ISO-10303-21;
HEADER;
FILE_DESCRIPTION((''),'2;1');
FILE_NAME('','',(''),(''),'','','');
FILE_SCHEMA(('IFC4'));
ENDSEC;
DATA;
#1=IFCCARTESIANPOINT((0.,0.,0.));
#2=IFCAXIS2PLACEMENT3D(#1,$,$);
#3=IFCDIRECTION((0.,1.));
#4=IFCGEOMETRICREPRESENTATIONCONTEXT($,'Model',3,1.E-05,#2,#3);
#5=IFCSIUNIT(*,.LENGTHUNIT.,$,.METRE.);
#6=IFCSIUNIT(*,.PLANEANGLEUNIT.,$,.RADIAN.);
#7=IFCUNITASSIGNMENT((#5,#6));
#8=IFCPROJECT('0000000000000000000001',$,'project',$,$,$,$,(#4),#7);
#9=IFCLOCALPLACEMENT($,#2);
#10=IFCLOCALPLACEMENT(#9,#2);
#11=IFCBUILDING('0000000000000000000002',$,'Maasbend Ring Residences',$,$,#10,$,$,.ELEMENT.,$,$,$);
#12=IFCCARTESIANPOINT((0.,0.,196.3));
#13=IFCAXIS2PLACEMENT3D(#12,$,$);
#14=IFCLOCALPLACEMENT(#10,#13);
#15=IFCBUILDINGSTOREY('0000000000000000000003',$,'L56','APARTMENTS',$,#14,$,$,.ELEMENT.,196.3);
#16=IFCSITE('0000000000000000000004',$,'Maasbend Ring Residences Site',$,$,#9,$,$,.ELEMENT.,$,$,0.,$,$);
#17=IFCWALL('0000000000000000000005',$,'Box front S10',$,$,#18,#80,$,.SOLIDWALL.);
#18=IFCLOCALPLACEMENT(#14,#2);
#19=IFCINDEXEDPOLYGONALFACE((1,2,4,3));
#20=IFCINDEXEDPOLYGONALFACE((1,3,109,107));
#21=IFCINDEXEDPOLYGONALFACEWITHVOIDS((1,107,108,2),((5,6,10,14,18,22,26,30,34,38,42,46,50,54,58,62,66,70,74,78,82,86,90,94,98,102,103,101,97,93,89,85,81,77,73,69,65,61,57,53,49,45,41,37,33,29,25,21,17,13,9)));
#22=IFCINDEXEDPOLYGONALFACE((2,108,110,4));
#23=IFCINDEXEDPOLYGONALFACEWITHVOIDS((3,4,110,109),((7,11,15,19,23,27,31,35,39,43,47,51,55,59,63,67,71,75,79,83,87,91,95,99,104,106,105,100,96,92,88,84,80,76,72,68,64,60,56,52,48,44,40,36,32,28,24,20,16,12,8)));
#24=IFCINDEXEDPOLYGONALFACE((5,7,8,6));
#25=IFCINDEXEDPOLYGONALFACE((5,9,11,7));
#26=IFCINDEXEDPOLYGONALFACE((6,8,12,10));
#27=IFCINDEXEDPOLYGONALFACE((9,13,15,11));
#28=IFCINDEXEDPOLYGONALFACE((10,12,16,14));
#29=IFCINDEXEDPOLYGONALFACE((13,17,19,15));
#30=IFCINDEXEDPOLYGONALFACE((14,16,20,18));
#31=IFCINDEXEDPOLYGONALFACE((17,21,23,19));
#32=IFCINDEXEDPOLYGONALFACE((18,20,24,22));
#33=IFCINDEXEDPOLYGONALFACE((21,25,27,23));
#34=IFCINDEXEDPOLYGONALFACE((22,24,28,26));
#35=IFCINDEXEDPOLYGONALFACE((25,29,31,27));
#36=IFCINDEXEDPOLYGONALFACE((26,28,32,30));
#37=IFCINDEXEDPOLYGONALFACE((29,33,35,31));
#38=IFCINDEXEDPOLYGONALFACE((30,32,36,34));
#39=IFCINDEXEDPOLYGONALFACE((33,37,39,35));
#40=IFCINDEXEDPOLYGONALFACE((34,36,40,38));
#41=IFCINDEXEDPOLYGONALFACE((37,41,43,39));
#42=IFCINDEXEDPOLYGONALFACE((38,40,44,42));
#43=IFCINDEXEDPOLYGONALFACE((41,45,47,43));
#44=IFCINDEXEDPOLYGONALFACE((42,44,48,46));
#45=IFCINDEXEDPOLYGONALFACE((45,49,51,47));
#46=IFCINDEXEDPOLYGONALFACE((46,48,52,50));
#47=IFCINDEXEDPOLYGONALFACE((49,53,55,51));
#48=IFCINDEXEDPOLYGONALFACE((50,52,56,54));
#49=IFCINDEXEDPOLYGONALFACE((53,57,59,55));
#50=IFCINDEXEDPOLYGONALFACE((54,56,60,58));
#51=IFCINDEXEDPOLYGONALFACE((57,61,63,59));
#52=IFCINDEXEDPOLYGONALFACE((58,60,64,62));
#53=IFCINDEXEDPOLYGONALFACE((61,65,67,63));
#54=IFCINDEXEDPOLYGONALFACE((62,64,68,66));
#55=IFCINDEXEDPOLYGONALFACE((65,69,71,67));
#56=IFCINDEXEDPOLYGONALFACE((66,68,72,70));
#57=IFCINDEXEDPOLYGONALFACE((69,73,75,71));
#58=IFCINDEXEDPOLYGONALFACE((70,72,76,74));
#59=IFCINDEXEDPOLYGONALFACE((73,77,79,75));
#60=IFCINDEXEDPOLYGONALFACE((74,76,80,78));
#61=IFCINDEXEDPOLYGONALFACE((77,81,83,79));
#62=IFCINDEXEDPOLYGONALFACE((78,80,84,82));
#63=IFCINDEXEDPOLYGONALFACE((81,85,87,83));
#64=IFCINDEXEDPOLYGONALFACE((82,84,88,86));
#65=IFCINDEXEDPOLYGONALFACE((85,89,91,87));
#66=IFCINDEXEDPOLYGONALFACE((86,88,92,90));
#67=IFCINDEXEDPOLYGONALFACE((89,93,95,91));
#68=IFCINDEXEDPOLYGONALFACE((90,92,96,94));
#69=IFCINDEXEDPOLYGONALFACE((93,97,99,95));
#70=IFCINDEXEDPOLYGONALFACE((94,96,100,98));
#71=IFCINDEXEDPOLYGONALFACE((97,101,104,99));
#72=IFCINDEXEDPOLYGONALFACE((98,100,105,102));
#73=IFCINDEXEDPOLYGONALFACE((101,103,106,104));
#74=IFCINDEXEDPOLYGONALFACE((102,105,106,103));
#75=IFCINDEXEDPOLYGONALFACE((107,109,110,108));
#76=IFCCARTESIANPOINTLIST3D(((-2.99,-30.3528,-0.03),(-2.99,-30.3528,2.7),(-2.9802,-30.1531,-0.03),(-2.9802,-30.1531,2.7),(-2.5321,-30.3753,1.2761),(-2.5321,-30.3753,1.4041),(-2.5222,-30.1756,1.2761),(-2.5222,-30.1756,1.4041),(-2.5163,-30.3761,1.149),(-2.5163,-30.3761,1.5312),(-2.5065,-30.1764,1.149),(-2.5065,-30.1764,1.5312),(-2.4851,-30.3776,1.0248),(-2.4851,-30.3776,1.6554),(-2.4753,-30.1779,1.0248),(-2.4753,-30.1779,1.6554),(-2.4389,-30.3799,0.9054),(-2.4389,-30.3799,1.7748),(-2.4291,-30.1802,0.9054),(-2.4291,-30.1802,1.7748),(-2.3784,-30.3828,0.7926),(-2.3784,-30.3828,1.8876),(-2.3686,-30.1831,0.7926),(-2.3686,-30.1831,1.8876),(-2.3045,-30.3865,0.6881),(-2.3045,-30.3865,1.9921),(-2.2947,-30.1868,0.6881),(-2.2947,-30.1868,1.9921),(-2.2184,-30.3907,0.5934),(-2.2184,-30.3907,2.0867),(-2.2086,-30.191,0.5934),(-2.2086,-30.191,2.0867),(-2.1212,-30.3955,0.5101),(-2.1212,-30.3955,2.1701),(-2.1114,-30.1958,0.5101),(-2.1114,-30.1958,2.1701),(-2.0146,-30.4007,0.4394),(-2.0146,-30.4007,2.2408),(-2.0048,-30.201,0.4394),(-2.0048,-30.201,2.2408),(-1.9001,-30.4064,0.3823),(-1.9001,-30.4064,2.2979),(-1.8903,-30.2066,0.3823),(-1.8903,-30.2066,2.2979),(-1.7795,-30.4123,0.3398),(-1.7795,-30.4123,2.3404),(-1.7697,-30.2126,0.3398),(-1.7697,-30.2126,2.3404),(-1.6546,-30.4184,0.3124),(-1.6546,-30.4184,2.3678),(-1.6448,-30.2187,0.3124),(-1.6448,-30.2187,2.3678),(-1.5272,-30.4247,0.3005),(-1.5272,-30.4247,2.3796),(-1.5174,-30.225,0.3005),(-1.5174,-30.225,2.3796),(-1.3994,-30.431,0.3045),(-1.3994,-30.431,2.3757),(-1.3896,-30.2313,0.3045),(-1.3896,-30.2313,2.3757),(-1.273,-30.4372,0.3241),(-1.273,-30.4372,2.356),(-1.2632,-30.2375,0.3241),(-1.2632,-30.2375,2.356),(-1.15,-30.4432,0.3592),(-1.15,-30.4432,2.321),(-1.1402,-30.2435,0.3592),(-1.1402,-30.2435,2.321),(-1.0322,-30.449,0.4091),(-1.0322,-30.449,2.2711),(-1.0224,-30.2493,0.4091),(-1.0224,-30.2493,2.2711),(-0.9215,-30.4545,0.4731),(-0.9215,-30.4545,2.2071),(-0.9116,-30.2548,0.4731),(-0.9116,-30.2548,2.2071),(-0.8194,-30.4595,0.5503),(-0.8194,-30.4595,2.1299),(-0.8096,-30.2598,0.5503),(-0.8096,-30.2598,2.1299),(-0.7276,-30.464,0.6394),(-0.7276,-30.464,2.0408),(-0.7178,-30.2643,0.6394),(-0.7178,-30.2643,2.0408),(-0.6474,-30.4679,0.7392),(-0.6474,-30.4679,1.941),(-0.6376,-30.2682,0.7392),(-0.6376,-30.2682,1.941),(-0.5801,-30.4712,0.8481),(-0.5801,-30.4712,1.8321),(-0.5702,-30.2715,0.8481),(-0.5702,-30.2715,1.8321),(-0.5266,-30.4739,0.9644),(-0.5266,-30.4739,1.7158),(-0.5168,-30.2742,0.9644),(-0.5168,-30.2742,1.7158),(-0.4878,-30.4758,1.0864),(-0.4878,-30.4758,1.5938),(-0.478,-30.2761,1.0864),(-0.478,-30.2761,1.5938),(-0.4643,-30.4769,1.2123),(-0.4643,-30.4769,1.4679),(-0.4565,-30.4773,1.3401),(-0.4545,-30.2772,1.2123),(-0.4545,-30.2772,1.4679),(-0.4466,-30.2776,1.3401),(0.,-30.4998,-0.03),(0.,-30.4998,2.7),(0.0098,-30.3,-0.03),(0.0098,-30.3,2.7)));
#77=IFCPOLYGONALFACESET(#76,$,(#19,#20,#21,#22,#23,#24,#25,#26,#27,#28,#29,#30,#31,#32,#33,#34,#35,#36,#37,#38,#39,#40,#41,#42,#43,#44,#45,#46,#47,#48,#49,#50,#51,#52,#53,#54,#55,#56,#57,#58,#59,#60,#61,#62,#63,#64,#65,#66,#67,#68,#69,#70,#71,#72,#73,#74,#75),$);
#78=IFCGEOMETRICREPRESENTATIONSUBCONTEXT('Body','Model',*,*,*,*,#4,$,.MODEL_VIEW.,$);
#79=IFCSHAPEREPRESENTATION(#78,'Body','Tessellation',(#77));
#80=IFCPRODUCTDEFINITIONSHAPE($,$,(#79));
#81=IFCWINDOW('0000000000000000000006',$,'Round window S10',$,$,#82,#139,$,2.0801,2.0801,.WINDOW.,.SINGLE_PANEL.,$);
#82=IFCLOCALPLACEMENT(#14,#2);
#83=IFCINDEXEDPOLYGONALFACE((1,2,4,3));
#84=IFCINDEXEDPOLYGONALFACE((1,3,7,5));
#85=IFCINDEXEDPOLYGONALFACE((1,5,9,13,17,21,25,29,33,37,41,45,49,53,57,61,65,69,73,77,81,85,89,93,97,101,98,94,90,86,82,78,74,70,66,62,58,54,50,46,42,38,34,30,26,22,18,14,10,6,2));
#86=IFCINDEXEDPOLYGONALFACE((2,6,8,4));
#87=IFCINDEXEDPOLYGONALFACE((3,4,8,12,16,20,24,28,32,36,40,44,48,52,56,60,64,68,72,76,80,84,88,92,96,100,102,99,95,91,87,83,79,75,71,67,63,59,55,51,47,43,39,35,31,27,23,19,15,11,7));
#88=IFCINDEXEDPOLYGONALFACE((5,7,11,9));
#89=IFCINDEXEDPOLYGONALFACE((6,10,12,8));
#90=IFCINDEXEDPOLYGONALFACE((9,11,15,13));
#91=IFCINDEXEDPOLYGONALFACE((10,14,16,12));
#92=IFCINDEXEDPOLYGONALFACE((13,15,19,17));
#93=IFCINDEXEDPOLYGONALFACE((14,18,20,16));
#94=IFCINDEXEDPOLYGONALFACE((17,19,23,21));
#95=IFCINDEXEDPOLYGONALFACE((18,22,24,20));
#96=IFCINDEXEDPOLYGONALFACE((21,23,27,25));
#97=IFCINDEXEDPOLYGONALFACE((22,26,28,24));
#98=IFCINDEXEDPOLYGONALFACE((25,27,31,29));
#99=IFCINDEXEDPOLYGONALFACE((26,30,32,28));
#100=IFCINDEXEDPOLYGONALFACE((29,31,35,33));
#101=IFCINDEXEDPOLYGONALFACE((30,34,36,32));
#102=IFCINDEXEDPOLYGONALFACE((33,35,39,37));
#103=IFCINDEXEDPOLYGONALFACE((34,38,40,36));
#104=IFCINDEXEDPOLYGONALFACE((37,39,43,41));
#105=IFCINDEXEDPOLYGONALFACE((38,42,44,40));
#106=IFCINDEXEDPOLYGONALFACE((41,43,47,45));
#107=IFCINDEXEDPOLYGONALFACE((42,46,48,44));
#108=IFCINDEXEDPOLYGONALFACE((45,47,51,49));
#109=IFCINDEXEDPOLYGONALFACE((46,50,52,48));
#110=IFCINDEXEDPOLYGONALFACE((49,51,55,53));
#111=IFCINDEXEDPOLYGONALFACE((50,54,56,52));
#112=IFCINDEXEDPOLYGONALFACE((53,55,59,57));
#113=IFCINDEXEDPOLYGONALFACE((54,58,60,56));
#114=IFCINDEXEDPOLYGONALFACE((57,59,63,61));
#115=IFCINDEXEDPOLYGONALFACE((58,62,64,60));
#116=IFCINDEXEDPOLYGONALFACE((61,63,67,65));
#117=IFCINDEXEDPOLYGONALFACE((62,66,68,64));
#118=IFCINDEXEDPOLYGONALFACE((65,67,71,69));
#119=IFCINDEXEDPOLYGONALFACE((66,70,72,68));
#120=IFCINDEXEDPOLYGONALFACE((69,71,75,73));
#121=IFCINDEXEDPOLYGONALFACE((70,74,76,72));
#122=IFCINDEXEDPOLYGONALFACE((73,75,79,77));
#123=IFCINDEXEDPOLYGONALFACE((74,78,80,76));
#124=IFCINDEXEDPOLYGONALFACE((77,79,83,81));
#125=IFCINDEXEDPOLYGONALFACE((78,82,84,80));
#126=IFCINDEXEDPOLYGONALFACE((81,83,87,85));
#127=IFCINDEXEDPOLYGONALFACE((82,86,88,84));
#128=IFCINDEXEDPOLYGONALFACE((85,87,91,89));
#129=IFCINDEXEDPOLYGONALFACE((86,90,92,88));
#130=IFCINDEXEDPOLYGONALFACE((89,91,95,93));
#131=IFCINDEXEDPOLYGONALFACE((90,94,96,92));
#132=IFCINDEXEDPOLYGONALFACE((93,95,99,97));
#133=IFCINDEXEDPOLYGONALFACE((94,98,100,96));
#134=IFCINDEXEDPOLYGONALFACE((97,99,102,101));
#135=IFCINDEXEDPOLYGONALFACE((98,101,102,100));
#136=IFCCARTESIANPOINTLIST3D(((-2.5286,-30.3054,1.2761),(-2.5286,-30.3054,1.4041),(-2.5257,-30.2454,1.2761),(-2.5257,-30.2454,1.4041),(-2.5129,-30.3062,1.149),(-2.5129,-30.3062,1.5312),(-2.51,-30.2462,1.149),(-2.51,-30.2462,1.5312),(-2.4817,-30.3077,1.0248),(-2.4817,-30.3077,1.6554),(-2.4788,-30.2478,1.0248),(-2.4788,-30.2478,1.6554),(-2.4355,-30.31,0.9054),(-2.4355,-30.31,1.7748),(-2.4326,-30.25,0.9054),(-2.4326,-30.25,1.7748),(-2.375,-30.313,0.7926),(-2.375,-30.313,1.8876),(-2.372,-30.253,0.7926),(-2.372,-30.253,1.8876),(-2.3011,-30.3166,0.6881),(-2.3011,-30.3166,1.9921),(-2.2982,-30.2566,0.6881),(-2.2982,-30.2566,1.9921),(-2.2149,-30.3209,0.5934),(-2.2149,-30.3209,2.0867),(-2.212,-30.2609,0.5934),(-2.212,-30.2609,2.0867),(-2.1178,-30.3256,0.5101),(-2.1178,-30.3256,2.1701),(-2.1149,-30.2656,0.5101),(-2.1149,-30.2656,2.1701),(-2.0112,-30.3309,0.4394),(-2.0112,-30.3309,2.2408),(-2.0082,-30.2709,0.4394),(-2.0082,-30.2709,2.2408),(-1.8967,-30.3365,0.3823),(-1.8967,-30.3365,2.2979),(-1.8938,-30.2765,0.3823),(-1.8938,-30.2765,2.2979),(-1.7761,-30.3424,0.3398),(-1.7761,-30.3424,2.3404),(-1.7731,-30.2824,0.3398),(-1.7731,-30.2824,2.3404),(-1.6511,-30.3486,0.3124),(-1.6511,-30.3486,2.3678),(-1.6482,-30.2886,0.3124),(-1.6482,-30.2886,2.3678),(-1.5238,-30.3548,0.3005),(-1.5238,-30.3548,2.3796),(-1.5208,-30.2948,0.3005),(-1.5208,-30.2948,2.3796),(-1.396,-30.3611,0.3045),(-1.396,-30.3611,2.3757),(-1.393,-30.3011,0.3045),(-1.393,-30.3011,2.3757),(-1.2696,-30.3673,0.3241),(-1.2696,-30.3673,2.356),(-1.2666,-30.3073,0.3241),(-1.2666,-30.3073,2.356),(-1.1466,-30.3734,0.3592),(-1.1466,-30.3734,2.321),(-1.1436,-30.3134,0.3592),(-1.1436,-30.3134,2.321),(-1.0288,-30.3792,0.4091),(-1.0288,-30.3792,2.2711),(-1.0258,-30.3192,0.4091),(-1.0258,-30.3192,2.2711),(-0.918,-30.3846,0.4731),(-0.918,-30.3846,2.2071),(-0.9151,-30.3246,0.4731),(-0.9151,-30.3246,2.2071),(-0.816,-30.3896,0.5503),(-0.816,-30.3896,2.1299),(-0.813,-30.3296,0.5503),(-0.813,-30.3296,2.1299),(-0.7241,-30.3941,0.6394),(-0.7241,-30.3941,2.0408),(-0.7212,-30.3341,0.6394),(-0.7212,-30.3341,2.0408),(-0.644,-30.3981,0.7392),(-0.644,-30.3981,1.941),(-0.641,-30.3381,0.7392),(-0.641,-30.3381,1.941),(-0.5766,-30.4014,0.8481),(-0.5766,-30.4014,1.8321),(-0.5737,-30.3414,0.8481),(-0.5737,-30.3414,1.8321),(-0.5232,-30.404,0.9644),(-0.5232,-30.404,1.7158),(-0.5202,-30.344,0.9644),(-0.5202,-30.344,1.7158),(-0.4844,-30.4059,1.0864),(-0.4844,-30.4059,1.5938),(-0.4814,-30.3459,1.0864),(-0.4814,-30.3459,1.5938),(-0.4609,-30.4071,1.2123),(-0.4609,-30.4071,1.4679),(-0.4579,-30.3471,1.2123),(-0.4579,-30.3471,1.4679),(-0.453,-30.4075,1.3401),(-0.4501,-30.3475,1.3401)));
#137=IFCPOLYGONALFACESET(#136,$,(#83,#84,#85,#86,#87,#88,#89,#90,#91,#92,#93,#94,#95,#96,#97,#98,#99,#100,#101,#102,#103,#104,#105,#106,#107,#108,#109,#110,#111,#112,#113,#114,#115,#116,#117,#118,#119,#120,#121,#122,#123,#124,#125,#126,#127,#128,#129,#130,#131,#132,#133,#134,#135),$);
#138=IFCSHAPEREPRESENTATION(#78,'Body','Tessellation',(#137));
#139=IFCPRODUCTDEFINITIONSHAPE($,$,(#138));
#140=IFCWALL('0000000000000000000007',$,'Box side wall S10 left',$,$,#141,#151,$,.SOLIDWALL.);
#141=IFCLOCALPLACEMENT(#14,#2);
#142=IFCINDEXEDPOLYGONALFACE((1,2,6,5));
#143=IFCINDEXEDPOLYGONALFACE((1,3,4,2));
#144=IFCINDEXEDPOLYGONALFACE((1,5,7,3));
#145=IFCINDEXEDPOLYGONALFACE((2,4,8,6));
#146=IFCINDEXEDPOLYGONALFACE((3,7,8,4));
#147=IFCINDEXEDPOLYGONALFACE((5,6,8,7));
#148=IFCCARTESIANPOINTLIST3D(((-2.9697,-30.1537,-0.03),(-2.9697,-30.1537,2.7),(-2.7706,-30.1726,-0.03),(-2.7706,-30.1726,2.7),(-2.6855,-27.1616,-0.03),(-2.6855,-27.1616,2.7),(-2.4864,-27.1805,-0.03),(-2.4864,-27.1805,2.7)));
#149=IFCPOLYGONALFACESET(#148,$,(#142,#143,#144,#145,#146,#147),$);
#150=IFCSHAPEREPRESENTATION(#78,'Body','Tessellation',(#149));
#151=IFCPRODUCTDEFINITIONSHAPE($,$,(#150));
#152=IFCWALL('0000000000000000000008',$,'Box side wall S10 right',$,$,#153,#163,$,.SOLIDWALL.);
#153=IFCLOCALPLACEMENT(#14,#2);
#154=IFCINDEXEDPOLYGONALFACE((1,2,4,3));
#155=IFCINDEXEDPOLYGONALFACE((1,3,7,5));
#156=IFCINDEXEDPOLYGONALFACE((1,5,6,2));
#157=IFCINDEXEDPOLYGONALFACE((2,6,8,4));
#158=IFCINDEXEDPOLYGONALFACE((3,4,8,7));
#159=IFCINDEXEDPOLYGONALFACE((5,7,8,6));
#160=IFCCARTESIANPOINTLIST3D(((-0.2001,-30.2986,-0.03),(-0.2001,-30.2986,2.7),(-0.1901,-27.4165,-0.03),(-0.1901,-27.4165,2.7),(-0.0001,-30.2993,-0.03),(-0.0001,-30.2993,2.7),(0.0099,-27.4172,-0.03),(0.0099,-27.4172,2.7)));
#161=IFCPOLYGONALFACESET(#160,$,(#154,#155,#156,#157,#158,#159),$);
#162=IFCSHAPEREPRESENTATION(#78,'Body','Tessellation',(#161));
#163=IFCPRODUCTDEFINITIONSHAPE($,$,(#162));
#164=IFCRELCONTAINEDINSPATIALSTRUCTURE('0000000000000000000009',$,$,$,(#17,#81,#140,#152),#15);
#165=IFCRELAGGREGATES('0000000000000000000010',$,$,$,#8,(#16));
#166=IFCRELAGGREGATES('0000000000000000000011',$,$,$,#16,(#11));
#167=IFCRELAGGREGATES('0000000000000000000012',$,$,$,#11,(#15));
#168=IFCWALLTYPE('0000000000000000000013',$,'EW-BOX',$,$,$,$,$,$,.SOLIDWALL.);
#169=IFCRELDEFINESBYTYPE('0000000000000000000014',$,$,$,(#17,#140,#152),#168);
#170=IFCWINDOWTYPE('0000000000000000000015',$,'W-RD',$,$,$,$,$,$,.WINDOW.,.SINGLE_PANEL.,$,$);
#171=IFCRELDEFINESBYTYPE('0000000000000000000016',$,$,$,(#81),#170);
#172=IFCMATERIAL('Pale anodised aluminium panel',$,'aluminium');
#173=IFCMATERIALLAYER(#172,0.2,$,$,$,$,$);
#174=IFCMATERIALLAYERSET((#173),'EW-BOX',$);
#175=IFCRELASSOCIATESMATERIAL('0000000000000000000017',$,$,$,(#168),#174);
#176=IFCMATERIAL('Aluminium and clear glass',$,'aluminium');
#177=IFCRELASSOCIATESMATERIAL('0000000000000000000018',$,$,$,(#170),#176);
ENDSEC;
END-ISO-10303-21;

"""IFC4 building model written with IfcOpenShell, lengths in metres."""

from ifc_helpers import new_model, si_unit, direction, frame, frame_2d, origin, place, context, subcontext, project, spatial, rectangle, circle, extrude, material, layer, layer_set, type_object, element, fill, save


model = new_model("IFC4")

# Units and contexts
model_context = context("Model", 3, precision=1e-05, world=origin(), true_north=direction((0.0, 1.0)))
body_context = subcontext(model_context, "Body", "Model", "MODEL_VIEW")
ifc_project = project(units=[si_unit("LENGTHUNIT", "METRE"), si_unit("PLANEANGLEUNIT", "RADIAN")], contexts=[model_context])

# Site, building, storey
site_placement = place(None, origin())
site = spatial("IfcSite", under=ifc_project, at=site_placement, Name="Maasbend Ring Residences Site", CompositionType="ELEMENT", RefElevation=0.0)
building_placement = place(site_placement, origin())
building = spatial("IfcBuilding", under=site, at=building_placement, Name="Maasbend Ring Residences", CompositionType="ELEMENT")
storey_placement = place(building_placement, frame((0.0, 0.0, 196.3)))
storey = spatial("IfcBuildingStorey", under=building, at=storey_placement, Name="L56", Description="APARTMENTS", CompositionType="ELEMENT", Elevation=196.3)

# Shared definitions
ifc_material_1 = material(Name="Pale anodised aluminium panel", Category="aluminium")
ifc_layer_1 = layer(ifc_material_1, 0.2)
ifc_layer_set_1 = layer_set([ifc_layer_1], Name="EW-BOX")
wall_type_1 = type_object("IfcWallType", Name="EW-BOX", PredefinedType="SOLIDWALL", material=ifc_layer_set_1)

# Shared definitions
ifc_material_2 = material(Name="Aluminium and clear glass", Category="aluminium")
window_type_1 = type_object("IfcWindowType", Name="W-RD", PartitioningType="SINGLE_PANEL", PredefinedType="WINDOW", material=ifc_material_2)

# Wall, opening, window
wall_1_placement = place(storey_placement, frame((-2.9851, -30.2529, -0.03), z_axis=(0.0, 0.0, 1.0), x_axis=(0.998794, -0.049096, 0.0)))
wall_1 = element("IfcWall", 1, at=wall_1_placement, inside=storey, type_object=wall_type_1, Name="Box front S10", PredefinedType="SOLIDWALL", context=body_context, shape_type="SweptSolid", body=[
    extrude(rectangle(XDim=2.9937, YDim=0.2, at=frame_2d((1.4968, 0.0))), origin(), (0.0, 0.0, 1.0), 2.73),
])
opening_1_placement = place(wall_1_placement, frame((0.4565, 0.0, 0.3301)))
opening_1 = element("IfcOpeningElement", 2, at=opening_1_placement, cuts=wall_1, PredefinedType="OPENING", context=body_context, shape_type="SweptSolid", body=[
    extrude(circle(Radius=1.04, at=frame_2d((1.04, 1.04))), frame((0.0, 0.1099, 0.0), z_axis=(0.0, -1.0, 0.0), x_axis=(1.0, 0.0, 0.0)), (0.0, 0.0, 1.0), 0.22),
])
window_1_placement = place(opening_1_placement, origin())
window_1 = element("IfcWindow", 3, at=window_1_placement, inside=storey, type_object=window_type_1, Name="Round window S10", OverallHeight=2.0801, OverallWidth=2.0801, PartitioningType="SINGLE_PANEL", PredefinedType="WINDOW", context=body_context, shape_type="SweptSolid", body=[
    extrude(circle(Radius=1.04, at=frame_2d((1.04, 1.04))), frame((0.0, 0.03, 0.0), z_axis=(0.0, -1.0, 0.0), x_axis=(1.0, 0.0, 0.0)), (0.0, 0.0, 1.0), 0.0601),
])
fill(opening_1, window_1)

# Walls
wall_2_placement = place(storey_placement, frame((-2.5859, -27.1709, -0.03), z_axis=(0.0, 0.0, 1.0), x_axis=(-0.094548, -0.99552, 0.0)))
element("IfcWall", 4, at=wall_2_placement, inside=storey, type_object=wall_type_1, Name="Box side wall S10 left", PredefinedType="SOLIDWALL", context=body_context, shape_type="SweptSolid", body=[
    extrude(rectangle(XDim=3.0056, YDim=0.2, at=frame_2d((1.5029, 0.0))), origin(), (0.0, 0.0, 1.0), 2.73),
])
wall_3_placement = place(storey_placement, frame((-0.0901, -27.417, -0.03), z_axis=(0.0, 0.0, 1.0), x_axis=(-0.003473, -0.999994, 0.0)))
element("IfcWall", 5, at=wall_3_placement, inside=storey, type_object=wall_type_1, Name="Box side wall S10 right", PredefinedType="SOLIDWALL", context=body_context, shape_type="SweptSolid", body=[
    extrude(rectangle(XDim=2.8821, YDim=0.2, at=frame_2d((1.4409, 0.0))), origin(), (0.0, 0.0, 1.0), 2.73),
])

save(model, "model.ifc")
